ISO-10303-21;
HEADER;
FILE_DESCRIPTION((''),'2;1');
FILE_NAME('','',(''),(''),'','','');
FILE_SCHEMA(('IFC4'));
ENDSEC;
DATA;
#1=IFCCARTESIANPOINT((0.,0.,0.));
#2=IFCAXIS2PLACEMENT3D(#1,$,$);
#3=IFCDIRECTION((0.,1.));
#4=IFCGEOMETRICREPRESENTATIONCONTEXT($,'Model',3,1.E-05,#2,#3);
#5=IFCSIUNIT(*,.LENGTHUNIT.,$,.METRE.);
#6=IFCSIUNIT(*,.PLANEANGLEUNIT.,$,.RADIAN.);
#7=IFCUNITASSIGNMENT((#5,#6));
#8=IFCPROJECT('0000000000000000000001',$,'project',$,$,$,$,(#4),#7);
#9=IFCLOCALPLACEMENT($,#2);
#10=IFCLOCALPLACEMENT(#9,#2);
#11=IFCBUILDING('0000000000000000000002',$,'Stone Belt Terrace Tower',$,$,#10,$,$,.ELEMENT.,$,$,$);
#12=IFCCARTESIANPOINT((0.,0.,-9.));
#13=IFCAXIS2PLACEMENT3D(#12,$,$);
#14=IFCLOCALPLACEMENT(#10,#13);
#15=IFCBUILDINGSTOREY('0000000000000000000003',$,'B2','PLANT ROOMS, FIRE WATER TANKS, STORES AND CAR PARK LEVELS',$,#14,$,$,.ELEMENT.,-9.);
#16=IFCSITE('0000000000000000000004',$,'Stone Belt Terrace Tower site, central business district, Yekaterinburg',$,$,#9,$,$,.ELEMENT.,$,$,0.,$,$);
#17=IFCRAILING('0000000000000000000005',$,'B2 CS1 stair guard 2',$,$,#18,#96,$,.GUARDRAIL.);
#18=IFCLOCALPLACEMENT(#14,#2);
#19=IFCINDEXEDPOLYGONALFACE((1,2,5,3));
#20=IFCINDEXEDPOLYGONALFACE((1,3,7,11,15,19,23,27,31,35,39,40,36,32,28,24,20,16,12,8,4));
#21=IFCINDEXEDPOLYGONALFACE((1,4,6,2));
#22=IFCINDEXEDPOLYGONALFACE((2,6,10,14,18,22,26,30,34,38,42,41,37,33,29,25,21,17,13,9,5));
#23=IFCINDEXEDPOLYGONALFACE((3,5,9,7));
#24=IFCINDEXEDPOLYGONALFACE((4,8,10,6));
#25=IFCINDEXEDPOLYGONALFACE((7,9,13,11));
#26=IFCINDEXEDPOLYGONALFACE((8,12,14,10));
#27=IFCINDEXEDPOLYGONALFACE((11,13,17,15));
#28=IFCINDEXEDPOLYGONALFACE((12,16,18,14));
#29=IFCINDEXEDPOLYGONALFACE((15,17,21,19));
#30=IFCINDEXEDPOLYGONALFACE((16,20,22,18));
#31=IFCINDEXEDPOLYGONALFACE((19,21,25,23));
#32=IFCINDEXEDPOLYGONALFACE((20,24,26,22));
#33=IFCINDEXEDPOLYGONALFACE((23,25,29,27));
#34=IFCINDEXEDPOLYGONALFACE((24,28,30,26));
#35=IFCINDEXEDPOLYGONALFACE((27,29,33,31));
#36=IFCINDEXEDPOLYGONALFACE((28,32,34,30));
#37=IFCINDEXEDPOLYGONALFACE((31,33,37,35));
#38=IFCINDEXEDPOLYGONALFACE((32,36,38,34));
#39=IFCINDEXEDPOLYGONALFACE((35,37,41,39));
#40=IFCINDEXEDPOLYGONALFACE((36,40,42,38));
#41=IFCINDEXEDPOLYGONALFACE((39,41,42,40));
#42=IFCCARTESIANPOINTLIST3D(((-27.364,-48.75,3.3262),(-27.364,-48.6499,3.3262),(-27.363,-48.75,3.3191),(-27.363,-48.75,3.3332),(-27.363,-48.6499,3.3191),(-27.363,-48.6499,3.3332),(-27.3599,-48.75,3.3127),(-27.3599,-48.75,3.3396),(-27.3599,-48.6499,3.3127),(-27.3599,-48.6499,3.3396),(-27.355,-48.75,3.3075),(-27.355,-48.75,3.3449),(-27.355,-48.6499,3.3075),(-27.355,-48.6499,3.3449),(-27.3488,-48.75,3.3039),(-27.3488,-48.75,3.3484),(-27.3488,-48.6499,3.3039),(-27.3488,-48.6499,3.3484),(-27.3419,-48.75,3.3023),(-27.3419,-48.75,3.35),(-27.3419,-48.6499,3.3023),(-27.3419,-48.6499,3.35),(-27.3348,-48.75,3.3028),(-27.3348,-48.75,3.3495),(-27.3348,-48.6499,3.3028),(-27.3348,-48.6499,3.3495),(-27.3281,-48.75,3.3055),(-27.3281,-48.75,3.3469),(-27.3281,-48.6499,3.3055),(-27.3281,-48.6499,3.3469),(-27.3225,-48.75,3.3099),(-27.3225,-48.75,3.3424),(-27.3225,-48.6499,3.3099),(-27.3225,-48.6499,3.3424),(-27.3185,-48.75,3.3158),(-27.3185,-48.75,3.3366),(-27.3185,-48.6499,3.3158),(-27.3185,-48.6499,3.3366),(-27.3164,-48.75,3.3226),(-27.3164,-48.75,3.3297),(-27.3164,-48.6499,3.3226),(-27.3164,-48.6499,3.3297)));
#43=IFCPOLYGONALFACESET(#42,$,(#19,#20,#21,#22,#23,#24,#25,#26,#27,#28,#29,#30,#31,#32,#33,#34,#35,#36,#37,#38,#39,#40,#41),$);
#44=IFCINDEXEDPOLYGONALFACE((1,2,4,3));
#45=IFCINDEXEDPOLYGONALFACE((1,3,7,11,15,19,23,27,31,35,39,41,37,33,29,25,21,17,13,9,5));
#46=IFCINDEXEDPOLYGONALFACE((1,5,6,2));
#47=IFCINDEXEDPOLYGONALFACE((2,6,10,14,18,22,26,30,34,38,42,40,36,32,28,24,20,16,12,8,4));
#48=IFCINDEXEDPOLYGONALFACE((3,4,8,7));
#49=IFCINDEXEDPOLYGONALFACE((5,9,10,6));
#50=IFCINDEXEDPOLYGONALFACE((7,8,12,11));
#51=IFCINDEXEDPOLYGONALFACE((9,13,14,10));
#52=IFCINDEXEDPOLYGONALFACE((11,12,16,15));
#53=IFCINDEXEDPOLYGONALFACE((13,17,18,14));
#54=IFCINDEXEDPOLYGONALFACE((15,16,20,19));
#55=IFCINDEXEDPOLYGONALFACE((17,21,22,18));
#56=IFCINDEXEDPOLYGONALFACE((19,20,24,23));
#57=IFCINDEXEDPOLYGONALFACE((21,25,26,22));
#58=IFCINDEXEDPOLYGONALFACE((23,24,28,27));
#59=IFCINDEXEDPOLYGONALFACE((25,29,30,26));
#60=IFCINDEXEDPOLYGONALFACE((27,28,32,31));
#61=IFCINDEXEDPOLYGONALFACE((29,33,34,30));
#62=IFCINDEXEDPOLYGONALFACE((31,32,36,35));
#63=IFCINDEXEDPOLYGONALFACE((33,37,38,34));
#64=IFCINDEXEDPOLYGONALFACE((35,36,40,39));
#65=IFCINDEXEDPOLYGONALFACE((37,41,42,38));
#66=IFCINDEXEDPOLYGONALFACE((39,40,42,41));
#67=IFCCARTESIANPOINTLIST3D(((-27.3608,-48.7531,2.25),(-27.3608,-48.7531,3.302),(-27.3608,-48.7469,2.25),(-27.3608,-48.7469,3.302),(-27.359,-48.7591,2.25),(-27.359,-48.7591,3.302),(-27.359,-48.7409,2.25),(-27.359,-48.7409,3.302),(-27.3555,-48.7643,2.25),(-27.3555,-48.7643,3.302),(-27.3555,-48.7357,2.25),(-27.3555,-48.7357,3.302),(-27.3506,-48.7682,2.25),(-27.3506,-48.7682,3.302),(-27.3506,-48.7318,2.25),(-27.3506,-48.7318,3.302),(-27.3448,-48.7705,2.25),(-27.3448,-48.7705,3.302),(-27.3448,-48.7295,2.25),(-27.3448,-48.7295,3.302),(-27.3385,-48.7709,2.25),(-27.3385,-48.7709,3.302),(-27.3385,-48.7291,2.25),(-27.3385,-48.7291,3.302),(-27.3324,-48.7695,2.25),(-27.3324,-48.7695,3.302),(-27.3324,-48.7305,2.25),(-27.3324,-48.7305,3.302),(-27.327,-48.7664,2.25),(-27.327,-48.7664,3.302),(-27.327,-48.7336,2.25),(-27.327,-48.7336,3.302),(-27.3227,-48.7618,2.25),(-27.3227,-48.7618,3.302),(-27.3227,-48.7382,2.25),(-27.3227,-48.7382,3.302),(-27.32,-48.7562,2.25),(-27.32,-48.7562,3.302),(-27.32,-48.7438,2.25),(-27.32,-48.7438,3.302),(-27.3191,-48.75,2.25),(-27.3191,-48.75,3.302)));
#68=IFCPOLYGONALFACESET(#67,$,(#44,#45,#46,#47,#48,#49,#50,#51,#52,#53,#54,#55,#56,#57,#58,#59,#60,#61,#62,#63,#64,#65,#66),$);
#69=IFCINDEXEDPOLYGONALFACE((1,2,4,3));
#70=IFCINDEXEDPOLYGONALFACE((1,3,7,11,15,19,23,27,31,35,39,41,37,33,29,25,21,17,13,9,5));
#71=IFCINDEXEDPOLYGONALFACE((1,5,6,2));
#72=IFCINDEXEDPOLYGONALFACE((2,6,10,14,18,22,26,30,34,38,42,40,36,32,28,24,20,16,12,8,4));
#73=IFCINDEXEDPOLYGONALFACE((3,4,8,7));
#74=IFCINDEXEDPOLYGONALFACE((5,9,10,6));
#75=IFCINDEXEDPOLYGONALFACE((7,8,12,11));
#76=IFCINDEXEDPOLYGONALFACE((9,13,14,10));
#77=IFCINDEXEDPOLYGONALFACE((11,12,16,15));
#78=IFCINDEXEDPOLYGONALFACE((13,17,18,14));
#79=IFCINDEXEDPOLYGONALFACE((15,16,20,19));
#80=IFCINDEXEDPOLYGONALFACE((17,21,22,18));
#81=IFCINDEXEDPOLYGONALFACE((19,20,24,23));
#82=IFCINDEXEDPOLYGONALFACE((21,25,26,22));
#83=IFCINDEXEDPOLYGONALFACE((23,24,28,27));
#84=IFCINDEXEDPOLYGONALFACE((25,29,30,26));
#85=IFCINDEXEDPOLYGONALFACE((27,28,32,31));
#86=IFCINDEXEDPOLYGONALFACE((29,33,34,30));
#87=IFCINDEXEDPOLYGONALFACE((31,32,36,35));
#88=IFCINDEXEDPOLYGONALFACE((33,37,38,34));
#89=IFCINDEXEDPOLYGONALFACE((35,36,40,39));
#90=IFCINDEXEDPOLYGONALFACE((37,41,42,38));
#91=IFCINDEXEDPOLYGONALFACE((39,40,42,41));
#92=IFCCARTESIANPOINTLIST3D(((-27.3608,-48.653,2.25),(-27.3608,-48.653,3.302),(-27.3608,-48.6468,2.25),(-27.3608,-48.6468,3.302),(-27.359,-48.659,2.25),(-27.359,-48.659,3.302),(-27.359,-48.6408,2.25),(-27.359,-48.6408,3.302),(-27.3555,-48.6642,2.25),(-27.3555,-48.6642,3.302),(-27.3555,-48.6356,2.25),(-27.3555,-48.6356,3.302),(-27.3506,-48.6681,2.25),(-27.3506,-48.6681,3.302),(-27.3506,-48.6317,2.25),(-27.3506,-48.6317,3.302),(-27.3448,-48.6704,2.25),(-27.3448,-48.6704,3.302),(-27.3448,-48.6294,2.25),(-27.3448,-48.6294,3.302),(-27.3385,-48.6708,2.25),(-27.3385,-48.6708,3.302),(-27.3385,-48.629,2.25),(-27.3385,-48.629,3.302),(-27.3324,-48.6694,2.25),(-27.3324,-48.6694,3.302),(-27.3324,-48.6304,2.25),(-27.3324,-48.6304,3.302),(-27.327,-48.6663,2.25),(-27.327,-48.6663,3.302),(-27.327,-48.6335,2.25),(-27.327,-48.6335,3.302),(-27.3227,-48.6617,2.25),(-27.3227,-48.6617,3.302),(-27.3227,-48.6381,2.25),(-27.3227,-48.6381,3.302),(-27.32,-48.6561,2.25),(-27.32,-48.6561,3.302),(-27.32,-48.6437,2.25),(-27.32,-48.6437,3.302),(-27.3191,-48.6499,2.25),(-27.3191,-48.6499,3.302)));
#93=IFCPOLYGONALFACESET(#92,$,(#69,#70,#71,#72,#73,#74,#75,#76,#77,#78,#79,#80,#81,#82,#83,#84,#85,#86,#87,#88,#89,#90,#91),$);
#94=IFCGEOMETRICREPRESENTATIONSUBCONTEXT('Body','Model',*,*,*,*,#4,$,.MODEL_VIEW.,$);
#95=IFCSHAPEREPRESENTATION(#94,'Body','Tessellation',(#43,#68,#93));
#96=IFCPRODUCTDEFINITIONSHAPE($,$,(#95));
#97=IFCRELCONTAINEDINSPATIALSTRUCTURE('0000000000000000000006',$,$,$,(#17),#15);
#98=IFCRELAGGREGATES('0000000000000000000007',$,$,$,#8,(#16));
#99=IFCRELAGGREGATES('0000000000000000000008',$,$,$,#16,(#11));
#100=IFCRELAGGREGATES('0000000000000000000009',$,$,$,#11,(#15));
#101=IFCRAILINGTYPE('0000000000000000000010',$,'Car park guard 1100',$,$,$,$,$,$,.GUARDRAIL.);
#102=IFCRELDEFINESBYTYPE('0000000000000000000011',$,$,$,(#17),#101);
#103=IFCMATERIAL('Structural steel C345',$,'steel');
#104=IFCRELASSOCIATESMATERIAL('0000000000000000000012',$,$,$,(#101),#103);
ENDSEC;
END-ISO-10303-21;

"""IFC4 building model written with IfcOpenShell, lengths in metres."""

from ifc_helpers import new_model, si_unit, direction, frame, origin, origin_2d, place, context, subcontext, project, spatial, circle, extrude, material, type_object, element, save


model = new_model("IFC4")

# Units and contexts
model_context = context("Model", 3, precision=1e-05, world=origin(), true_north=direction((0.0, 1.0)))
body_context = subcontext(model_context, "Body", "Model", "MODEL_VIEW")
ifc_project = project(units=[si_unit("LENGTHUNIT", "METRE"), si_unit("PLANEANGLEUNIT", "RADIAN")], contexts=[model_context])

# Site, building, storey
site_placement = place(None, origin())
site = spatial("IfcSite", under=ifc_project, at=site_placement, Name="Stone Belt Terrace Tower site, central business district, Yekaterinburg", CompositionType="ELEMENT", RefElevation=0.0)
building_placement = place(site_placement, origin())
building = spatial("IfcBuilding", under=site, at=building_placement, Name="Stone Belt Terrace Tower", CompositionType="ELEMENT")
storey_placement = place(building_placement, frame((0.0, 0.0, -9.0)))
storey = spatial("IfcBuildingStorey", under=building, at=storey_placement, Name="B2", Description="PLANT ROOMS, FIRE WATER TANKS, STORES AND CAR PARK LEVELS", CompositionType="ELEMENT", Elevation=-9.0)

# Railing
ifc_material_1 = material(Name="Structural steel C345", Category="steel")
railing_type_1 = type_object("IfcRailingType", Name="Car park guard 1100", PredefinedType="GUARDRAIL", material=ifc_material_1)
railing_1_placement = place(storey_placement, frame((-27.3401, -48.75, 2.25)))
element("IfcRailing", 1, at=railing_1_placement, inside=storey, type_object=railing_type_1, Name="B2 CS1 stair guard 2", PredefinedType="GUARDRAIL", context=body_context, shape_type="SweptSolid", body=[
    extrude(circle(Radius=0.0239, at=origin_2d()), frame((0.0, 0.0, 1.0762), z_axis=(0.0, 1.0, 0.0), x_axis=(-1.0, 0.0, 0.0)), (0.0, 0.0, 1.0), 0.1001),
    extrude(circle(Radius=0.021, at=origin_2d()), origin(), (0.0, 0.0, 1.0), 1.052),
    extrude(circle(Radius=0.021, at=origin_2d()), frame((0.0, 0.1001, 0.0)), (0.0, 0.0, 1.0), 1.052),
])

save(model, "model.ifc")
